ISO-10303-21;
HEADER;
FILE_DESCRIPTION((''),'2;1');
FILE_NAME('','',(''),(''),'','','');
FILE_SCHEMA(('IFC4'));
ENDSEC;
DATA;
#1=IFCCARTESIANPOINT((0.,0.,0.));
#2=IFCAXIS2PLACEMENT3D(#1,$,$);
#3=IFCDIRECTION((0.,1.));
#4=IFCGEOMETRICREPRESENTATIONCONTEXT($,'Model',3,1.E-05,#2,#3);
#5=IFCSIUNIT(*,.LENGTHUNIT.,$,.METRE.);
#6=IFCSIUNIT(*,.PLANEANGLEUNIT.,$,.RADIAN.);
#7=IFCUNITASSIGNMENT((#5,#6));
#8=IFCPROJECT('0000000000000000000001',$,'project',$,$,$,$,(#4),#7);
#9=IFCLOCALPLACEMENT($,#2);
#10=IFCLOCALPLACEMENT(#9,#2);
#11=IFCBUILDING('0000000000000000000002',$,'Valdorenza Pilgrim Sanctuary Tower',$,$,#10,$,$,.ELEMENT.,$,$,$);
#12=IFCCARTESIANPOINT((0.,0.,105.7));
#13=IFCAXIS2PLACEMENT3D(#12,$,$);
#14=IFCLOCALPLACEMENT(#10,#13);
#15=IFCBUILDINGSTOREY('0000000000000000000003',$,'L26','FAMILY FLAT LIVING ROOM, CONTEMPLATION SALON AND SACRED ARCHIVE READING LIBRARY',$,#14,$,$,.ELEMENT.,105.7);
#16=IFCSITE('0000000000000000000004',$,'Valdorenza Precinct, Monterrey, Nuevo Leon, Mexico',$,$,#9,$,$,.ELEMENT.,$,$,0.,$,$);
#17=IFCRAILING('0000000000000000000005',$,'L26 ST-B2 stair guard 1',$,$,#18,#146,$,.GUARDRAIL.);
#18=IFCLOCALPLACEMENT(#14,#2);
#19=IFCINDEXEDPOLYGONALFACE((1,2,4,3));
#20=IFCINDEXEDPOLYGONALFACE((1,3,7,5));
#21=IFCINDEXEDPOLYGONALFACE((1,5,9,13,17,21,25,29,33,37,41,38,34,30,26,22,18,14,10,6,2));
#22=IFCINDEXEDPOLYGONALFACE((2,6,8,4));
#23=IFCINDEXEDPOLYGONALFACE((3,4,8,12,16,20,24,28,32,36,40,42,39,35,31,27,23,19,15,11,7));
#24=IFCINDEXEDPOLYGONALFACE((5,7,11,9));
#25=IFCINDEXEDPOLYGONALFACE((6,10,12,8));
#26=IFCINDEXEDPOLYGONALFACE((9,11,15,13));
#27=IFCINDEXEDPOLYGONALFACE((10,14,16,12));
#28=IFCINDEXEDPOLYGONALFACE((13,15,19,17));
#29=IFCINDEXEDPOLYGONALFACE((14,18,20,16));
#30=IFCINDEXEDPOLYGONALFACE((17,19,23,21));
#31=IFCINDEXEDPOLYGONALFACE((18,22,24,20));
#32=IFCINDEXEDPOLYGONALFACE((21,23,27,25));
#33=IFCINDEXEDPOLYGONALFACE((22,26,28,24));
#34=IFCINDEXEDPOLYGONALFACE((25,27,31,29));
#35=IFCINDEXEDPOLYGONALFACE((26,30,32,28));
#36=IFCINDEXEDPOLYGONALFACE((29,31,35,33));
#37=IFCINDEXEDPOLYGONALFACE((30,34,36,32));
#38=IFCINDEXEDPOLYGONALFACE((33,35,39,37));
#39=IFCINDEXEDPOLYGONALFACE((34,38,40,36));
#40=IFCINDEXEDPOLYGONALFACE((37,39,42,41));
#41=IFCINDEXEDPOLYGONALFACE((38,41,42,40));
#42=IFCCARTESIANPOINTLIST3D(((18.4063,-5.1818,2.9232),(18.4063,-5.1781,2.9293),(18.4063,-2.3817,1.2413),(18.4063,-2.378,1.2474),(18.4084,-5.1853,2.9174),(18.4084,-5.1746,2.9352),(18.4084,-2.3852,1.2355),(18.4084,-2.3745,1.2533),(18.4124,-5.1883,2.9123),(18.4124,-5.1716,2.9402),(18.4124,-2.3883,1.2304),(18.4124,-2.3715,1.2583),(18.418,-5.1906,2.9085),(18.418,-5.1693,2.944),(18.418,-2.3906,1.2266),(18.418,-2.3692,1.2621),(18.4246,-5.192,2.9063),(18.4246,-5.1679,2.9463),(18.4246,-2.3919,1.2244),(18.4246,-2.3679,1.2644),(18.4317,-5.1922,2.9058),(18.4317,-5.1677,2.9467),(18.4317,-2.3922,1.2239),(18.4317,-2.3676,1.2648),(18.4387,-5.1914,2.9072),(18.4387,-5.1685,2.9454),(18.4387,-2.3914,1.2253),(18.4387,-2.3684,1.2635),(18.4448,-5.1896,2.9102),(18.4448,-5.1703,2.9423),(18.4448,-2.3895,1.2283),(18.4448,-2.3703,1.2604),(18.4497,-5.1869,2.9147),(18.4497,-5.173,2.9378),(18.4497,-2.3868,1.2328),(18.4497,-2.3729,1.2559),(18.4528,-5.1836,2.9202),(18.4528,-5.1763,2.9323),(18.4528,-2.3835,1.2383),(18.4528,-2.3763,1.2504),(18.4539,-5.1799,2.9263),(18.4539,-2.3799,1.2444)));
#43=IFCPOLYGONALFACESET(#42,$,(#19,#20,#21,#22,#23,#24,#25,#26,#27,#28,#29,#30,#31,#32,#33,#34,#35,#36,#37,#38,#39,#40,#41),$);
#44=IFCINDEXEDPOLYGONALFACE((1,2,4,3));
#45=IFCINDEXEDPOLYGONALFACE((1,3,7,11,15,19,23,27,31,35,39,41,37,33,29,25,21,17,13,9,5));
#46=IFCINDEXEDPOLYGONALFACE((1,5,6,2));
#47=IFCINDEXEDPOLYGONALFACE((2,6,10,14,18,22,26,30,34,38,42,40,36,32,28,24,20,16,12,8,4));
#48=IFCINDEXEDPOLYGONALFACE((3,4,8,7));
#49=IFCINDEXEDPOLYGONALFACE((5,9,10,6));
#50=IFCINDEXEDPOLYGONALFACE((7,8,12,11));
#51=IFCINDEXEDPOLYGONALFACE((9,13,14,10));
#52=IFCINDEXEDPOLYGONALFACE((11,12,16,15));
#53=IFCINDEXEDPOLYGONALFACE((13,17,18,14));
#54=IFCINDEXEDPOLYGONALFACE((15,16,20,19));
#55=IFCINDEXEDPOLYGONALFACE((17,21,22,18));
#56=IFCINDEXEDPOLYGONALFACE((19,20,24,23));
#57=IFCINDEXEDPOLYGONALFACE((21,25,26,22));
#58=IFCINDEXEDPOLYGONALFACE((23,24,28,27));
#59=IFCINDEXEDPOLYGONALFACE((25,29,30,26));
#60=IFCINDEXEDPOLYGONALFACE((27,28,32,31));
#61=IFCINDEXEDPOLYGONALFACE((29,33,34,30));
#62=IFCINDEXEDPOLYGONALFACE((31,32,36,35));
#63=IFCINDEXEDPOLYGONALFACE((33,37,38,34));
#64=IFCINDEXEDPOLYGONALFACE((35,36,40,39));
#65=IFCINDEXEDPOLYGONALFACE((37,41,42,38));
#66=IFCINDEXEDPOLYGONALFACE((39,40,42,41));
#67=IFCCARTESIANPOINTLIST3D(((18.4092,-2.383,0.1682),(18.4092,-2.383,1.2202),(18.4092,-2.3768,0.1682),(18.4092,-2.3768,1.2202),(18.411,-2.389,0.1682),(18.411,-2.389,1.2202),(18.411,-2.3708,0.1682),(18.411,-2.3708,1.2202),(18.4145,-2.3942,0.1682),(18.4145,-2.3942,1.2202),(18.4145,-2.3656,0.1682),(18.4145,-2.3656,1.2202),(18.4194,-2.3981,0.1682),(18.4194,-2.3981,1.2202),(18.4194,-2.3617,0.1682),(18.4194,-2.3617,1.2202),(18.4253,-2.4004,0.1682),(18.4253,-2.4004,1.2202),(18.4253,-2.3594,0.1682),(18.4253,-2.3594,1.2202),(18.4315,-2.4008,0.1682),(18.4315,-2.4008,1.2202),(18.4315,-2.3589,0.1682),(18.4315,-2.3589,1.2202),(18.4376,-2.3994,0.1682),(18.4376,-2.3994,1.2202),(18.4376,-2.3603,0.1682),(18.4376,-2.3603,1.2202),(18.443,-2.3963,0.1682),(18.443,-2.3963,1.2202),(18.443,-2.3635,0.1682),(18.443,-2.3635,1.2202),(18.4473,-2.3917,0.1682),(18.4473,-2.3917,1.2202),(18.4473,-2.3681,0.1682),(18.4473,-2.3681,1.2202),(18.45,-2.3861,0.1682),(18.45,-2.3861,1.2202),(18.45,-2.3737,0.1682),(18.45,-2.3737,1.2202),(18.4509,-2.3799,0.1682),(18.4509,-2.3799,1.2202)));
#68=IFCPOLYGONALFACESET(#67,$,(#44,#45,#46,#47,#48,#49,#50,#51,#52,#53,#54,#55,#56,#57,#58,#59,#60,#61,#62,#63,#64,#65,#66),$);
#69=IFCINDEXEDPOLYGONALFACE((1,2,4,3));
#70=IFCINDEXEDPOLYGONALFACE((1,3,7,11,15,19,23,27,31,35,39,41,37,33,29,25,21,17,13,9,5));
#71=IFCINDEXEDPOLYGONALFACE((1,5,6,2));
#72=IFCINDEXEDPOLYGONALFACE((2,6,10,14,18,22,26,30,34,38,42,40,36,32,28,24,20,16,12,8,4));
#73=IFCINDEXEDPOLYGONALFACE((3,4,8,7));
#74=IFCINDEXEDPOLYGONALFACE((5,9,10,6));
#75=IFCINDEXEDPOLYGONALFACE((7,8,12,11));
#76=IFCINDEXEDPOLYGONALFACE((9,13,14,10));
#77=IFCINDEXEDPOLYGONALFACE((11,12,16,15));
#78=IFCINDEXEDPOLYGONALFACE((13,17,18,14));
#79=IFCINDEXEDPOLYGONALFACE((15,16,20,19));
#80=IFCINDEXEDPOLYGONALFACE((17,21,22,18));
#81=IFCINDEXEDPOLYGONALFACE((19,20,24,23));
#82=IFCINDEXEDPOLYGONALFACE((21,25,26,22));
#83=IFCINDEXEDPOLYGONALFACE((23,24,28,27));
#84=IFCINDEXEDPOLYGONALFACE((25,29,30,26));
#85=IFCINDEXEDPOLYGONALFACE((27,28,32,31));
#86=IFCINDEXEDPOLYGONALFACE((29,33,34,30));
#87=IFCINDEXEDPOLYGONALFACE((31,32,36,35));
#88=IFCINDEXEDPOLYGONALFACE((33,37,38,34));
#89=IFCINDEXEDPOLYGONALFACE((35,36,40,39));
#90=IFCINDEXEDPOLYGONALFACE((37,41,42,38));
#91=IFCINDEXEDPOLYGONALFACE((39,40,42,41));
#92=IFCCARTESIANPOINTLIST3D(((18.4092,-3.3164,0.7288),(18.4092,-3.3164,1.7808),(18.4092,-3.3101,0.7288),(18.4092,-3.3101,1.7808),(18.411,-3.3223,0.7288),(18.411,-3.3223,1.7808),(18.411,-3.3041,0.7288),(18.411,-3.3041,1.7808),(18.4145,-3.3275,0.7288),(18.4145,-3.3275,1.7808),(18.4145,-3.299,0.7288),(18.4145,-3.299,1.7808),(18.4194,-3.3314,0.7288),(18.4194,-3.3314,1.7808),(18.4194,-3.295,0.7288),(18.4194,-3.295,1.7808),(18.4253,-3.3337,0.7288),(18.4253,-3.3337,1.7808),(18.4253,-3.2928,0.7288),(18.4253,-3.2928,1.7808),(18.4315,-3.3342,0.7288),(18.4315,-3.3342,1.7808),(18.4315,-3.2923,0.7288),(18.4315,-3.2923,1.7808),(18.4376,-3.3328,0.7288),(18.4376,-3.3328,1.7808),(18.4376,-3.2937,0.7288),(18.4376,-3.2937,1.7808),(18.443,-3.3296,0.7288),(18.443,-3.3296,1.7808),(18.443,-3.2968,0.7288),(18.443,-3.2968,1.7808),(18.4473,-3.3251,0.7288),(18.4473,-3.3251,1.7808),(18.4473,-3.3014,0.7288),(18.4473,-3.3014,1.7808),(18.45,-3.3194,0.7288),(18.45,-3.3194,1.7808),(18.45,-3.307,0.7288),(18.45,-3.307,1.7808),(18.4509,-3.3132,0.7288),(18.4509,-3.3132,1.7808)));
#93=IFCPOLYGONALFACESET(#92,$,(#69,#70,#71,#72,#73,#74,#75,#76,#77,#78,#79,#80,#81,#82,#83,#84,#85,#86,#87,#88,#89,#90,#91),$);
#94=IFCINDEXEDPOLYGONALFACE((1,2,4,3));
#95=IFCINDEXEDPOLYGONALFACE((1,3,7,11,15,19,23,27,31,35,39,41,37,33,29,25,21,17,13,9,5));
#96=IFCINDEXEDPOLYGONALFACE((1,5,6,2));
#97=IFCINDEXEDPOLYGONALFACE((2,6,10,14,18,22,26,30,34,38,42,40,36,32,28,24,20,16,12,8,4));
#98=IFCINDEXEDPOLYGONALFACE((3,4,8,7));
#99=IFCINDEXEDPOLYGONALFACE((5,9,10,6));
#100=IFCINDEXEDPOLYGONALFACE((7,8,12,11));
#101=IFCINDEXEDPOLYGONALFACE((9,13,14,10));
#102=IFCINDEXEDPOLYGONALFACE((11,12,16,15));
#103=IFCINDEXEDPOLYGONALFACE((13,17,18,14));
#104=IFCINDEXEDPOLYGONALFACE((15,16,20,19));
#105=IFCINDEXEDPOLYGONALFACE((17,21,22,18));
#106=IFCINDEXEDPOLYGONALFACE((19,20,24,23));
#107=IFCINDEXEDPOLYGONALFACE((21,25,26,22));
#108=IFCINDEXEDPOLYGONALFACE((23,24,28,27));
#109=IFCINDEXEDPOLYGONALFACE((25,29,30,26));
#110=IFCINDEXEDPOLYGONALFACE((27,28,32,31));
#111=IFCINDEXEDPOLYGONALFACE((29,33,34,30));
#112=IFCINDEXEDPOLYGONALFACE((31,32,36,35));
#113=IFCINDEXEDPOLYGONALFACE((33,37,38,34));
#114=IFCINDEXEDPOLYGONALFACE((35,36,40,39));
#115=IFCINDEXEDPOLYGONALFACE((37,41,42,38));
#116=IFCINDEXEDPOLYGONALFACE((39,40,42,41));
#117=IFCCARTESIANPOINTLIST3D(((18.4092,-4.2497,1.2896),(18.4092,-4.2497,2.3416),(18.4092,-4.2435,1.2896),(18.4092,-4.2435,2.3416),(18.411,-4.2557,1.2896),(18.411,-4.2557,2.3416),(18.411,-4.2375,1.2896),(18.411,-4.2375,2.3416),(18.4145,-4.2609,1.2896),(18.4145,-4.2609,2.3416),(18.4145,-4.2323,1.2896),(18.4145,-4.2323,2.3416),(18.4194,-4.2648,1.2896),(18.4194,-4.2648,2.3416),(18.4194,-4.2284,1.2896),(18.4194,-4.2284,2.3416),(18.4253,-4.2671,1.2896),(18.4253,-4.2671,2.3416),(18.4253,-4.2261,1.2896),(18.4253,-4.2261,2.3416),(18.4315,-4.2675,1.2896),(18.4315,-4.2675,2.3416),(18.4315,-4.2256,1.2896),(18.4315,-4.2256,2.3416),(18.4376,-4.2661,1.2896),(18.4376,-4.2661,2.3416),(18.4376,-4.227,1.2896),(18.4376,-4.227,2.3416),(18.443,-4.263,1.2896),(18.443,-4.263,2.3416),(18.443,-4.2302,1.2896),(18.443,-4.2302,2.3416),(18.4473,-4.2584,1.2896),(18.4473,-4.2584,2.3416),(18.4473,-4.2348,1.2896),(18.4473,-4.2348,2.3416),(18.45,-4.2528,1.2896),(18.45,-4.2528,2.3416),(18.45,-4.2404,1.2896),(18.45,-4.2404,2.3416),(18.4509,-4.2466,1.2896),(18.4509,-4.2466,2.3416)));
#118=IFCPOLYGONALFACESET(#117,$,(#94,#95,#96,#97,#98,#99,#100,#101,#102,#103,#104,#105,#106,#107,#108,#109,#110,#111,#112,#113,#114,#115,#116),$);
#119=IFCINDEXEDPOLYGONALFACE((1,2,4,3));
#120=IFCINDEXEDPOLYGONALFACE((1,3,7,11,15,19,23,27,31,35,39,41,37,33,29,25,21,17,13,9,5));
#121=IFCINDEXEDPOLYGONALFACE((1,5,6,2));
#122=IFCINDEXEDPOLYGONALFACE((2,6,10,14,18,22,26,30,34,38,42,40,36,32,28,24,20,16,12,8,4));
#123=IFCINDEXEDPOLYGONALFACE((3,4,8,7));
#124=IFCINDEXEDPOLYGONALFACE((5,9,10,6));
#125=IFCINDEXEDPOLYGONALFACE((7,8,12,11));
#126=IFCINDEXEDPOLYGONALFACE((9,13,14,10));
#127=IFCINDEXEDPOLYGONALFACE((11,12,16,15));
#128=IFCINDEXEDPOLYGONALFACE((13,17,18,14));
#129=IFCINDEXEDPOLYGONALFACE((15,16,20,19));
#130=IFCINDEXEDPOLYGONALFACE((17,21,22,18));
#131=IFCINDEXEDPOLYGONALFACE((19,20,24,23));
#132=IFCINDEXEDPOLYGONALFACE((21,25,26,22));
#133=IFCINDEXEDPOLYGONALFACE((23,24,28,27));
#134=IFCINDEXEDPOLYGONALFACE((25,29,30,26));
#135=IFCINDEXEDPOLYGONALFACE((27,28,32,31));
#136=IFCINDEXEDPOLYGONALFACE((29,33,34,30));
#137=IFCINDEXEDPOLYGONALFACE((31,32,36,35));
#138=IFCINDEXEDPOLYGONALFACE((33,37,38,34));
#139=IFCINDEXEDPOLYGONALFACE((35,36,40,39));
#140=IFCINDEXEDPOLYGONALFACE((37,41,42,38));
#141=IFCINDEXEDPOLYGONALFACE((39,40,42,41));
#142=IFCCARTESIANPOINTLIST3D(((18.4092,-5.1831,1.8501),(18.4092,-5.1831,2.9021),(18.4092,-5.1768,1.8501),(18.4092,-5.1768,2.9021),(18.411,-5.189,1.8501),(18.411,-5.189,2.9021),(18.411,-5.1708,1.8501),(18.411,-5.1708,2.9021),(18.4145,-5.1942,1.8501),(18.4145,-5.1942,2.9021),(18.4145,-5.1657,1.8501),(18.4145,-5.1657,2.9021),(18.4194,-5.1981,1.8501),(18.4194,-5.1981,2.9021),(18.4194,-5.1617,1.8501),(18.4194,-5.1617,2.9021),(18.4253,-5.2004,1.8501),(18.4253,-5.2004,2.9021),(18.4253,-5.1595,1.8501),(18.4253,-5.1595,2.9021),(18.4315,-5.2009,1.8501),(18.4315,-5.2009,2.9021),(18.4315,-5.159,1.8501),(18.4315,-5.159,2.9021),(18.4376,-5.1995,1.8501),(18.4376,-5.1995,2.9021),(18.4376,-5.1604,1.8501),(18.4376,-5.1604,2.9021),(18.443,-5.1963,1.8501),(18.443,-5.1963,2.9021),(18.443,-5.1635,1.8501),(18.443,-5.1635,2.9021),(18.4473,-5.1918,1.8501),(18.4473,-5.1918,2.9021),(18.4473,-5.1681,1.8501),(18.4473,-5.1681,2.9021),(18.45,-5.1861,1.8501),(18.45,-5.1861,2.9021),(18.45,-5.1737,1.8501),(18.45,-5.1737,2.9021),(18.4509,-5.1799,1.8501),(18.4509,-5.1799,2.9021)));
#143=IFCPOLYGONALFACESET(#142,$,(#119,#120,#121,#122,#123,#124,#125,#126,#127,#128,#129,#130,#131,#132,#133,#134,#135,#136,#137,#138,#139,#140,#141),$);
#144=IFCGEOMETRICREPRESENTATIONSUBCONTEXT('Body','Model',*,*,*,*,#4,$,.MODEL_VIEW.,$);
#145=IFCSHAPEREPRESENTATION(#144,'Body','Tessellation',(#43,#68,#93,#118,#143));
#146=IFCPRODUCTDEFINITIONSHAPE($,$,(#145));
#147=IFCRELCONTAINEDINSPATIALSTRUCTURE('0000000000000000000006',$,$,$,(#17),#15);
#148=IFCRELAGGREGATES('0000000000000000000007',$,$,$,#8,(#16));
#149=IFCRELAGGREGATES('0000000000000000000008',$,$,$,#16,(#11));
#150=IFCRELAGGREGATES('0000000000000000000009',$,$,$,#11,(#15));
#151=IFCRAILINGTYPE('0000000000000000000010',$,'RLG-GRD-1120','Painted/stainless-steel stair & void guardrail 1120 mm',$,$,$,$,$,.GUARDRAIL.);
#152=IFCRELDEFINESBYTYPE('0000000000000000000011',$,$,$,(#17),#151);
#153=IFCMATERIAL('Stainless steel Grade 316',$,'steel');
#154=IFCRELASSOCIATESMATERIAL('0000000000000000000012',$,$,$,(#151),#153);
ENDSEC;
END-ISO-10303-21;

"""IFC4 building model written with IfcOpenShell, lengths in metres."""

from ifc_helpers import new_model, si_unit, direction, frame, origin, origin_2d, place, context, subcontext, project, spatial, circle, extrude, material, type_object, element, save


model = new_model("IFC4")

# Units and contexts
model_context = context("Model", 3, precision=1e-05, world=origin(), true_north=direction((0.0, 1.0)))
body_context = subcontext(model_context, "Body", "Model", "MODEL_VIEW")
ifc_project = project(units=[si_unit("LENGTHUNIT", "METRE"), si_unit("PLANEANGLEUNIT", "RADIAN")], contexts=[model_context])

# Site, building, storey
site_placement = place(None, origin())
site = spatial("IfcSite", under=ifc_project, at=site_placement, Name="Valdorenza Precinct, Monterrey, Nuevo Leon, Mexico", CompositionType="ELEMENT", RefElevation=0.0)
building_placement = place(site_placement, origin())
building = spatial("IfcBuilding", under=site, at=building_placement, Name="Valdorenza Pilgrim Sanctuary Tower", CompositionType="ELEMENT")
storey_placement = place(building_placement, frame((0.0, 0.0, 105.7)))
storey = spatial("IfcBuildingStorey", under=building, at=storey_placement, Name="L26", Description="FAMILY FLAT LIVING ROOM, CONTEMPLATION SALON AND SACRED ARCHIVE READING LIBRARY", CompositionType="ELEMENT", Elevation=105.7)

# Railing
ifc_material_1 = material(Name="Stainless steel Grade 316", Category="steel")
railing_type_1 = type_object("IfcRailingType", Name="RLG-GRD-1120", Description="Painted/stainless-steel stair & void guardrail 1120 mm", PredefinedType="GUARDRAIL", material=ifc_material_1)
railing_1_placement = place(storey_placement, frame((18.4299, -2.3799, 0.1682)))
element("IfcRailing", 1, at=railing_1_placement, inside=storey, type_object=railing_type_1, Name="L26 ST-B2 stair guard 1", PredefinedType="GUARDRAIL", context=body_context, shape_type="SweptSolid", body=[
    extrude(circle(Radius=0.0239, at=origin_2d()), frame((0.0, 0.0, 1.0762), z_axis=(0.0, -0.857242, 0.514913), x_axis=(1.0, 0.0, 0.0)), (0.0, 0.0, 1.0), 3.2664),
    extrude(circle(Radius=0.021, at=origin_2d()), origin(), (0.0, 0.0, 1.0), 1.052),
    extrude(circle(Radius=0.021, at=origin_2d()), frame((0.0, -0.9333, 0.5605)), (0.0, 0.0, 1.0), 1.052),
    extrude(circle(Radius=0.021, at=origin_2d()), frame((0.0, -1.8667, 1.1213)), (0.0, 0.0, 1.0), 1.052),
    extrude(circle(Radius=0.021, at=origin_2d()), frame((0.0, -2.8, 1.6819)), (0.0, 0.0, 1.0), 1.052),
])

save(model, "model.ifc")
